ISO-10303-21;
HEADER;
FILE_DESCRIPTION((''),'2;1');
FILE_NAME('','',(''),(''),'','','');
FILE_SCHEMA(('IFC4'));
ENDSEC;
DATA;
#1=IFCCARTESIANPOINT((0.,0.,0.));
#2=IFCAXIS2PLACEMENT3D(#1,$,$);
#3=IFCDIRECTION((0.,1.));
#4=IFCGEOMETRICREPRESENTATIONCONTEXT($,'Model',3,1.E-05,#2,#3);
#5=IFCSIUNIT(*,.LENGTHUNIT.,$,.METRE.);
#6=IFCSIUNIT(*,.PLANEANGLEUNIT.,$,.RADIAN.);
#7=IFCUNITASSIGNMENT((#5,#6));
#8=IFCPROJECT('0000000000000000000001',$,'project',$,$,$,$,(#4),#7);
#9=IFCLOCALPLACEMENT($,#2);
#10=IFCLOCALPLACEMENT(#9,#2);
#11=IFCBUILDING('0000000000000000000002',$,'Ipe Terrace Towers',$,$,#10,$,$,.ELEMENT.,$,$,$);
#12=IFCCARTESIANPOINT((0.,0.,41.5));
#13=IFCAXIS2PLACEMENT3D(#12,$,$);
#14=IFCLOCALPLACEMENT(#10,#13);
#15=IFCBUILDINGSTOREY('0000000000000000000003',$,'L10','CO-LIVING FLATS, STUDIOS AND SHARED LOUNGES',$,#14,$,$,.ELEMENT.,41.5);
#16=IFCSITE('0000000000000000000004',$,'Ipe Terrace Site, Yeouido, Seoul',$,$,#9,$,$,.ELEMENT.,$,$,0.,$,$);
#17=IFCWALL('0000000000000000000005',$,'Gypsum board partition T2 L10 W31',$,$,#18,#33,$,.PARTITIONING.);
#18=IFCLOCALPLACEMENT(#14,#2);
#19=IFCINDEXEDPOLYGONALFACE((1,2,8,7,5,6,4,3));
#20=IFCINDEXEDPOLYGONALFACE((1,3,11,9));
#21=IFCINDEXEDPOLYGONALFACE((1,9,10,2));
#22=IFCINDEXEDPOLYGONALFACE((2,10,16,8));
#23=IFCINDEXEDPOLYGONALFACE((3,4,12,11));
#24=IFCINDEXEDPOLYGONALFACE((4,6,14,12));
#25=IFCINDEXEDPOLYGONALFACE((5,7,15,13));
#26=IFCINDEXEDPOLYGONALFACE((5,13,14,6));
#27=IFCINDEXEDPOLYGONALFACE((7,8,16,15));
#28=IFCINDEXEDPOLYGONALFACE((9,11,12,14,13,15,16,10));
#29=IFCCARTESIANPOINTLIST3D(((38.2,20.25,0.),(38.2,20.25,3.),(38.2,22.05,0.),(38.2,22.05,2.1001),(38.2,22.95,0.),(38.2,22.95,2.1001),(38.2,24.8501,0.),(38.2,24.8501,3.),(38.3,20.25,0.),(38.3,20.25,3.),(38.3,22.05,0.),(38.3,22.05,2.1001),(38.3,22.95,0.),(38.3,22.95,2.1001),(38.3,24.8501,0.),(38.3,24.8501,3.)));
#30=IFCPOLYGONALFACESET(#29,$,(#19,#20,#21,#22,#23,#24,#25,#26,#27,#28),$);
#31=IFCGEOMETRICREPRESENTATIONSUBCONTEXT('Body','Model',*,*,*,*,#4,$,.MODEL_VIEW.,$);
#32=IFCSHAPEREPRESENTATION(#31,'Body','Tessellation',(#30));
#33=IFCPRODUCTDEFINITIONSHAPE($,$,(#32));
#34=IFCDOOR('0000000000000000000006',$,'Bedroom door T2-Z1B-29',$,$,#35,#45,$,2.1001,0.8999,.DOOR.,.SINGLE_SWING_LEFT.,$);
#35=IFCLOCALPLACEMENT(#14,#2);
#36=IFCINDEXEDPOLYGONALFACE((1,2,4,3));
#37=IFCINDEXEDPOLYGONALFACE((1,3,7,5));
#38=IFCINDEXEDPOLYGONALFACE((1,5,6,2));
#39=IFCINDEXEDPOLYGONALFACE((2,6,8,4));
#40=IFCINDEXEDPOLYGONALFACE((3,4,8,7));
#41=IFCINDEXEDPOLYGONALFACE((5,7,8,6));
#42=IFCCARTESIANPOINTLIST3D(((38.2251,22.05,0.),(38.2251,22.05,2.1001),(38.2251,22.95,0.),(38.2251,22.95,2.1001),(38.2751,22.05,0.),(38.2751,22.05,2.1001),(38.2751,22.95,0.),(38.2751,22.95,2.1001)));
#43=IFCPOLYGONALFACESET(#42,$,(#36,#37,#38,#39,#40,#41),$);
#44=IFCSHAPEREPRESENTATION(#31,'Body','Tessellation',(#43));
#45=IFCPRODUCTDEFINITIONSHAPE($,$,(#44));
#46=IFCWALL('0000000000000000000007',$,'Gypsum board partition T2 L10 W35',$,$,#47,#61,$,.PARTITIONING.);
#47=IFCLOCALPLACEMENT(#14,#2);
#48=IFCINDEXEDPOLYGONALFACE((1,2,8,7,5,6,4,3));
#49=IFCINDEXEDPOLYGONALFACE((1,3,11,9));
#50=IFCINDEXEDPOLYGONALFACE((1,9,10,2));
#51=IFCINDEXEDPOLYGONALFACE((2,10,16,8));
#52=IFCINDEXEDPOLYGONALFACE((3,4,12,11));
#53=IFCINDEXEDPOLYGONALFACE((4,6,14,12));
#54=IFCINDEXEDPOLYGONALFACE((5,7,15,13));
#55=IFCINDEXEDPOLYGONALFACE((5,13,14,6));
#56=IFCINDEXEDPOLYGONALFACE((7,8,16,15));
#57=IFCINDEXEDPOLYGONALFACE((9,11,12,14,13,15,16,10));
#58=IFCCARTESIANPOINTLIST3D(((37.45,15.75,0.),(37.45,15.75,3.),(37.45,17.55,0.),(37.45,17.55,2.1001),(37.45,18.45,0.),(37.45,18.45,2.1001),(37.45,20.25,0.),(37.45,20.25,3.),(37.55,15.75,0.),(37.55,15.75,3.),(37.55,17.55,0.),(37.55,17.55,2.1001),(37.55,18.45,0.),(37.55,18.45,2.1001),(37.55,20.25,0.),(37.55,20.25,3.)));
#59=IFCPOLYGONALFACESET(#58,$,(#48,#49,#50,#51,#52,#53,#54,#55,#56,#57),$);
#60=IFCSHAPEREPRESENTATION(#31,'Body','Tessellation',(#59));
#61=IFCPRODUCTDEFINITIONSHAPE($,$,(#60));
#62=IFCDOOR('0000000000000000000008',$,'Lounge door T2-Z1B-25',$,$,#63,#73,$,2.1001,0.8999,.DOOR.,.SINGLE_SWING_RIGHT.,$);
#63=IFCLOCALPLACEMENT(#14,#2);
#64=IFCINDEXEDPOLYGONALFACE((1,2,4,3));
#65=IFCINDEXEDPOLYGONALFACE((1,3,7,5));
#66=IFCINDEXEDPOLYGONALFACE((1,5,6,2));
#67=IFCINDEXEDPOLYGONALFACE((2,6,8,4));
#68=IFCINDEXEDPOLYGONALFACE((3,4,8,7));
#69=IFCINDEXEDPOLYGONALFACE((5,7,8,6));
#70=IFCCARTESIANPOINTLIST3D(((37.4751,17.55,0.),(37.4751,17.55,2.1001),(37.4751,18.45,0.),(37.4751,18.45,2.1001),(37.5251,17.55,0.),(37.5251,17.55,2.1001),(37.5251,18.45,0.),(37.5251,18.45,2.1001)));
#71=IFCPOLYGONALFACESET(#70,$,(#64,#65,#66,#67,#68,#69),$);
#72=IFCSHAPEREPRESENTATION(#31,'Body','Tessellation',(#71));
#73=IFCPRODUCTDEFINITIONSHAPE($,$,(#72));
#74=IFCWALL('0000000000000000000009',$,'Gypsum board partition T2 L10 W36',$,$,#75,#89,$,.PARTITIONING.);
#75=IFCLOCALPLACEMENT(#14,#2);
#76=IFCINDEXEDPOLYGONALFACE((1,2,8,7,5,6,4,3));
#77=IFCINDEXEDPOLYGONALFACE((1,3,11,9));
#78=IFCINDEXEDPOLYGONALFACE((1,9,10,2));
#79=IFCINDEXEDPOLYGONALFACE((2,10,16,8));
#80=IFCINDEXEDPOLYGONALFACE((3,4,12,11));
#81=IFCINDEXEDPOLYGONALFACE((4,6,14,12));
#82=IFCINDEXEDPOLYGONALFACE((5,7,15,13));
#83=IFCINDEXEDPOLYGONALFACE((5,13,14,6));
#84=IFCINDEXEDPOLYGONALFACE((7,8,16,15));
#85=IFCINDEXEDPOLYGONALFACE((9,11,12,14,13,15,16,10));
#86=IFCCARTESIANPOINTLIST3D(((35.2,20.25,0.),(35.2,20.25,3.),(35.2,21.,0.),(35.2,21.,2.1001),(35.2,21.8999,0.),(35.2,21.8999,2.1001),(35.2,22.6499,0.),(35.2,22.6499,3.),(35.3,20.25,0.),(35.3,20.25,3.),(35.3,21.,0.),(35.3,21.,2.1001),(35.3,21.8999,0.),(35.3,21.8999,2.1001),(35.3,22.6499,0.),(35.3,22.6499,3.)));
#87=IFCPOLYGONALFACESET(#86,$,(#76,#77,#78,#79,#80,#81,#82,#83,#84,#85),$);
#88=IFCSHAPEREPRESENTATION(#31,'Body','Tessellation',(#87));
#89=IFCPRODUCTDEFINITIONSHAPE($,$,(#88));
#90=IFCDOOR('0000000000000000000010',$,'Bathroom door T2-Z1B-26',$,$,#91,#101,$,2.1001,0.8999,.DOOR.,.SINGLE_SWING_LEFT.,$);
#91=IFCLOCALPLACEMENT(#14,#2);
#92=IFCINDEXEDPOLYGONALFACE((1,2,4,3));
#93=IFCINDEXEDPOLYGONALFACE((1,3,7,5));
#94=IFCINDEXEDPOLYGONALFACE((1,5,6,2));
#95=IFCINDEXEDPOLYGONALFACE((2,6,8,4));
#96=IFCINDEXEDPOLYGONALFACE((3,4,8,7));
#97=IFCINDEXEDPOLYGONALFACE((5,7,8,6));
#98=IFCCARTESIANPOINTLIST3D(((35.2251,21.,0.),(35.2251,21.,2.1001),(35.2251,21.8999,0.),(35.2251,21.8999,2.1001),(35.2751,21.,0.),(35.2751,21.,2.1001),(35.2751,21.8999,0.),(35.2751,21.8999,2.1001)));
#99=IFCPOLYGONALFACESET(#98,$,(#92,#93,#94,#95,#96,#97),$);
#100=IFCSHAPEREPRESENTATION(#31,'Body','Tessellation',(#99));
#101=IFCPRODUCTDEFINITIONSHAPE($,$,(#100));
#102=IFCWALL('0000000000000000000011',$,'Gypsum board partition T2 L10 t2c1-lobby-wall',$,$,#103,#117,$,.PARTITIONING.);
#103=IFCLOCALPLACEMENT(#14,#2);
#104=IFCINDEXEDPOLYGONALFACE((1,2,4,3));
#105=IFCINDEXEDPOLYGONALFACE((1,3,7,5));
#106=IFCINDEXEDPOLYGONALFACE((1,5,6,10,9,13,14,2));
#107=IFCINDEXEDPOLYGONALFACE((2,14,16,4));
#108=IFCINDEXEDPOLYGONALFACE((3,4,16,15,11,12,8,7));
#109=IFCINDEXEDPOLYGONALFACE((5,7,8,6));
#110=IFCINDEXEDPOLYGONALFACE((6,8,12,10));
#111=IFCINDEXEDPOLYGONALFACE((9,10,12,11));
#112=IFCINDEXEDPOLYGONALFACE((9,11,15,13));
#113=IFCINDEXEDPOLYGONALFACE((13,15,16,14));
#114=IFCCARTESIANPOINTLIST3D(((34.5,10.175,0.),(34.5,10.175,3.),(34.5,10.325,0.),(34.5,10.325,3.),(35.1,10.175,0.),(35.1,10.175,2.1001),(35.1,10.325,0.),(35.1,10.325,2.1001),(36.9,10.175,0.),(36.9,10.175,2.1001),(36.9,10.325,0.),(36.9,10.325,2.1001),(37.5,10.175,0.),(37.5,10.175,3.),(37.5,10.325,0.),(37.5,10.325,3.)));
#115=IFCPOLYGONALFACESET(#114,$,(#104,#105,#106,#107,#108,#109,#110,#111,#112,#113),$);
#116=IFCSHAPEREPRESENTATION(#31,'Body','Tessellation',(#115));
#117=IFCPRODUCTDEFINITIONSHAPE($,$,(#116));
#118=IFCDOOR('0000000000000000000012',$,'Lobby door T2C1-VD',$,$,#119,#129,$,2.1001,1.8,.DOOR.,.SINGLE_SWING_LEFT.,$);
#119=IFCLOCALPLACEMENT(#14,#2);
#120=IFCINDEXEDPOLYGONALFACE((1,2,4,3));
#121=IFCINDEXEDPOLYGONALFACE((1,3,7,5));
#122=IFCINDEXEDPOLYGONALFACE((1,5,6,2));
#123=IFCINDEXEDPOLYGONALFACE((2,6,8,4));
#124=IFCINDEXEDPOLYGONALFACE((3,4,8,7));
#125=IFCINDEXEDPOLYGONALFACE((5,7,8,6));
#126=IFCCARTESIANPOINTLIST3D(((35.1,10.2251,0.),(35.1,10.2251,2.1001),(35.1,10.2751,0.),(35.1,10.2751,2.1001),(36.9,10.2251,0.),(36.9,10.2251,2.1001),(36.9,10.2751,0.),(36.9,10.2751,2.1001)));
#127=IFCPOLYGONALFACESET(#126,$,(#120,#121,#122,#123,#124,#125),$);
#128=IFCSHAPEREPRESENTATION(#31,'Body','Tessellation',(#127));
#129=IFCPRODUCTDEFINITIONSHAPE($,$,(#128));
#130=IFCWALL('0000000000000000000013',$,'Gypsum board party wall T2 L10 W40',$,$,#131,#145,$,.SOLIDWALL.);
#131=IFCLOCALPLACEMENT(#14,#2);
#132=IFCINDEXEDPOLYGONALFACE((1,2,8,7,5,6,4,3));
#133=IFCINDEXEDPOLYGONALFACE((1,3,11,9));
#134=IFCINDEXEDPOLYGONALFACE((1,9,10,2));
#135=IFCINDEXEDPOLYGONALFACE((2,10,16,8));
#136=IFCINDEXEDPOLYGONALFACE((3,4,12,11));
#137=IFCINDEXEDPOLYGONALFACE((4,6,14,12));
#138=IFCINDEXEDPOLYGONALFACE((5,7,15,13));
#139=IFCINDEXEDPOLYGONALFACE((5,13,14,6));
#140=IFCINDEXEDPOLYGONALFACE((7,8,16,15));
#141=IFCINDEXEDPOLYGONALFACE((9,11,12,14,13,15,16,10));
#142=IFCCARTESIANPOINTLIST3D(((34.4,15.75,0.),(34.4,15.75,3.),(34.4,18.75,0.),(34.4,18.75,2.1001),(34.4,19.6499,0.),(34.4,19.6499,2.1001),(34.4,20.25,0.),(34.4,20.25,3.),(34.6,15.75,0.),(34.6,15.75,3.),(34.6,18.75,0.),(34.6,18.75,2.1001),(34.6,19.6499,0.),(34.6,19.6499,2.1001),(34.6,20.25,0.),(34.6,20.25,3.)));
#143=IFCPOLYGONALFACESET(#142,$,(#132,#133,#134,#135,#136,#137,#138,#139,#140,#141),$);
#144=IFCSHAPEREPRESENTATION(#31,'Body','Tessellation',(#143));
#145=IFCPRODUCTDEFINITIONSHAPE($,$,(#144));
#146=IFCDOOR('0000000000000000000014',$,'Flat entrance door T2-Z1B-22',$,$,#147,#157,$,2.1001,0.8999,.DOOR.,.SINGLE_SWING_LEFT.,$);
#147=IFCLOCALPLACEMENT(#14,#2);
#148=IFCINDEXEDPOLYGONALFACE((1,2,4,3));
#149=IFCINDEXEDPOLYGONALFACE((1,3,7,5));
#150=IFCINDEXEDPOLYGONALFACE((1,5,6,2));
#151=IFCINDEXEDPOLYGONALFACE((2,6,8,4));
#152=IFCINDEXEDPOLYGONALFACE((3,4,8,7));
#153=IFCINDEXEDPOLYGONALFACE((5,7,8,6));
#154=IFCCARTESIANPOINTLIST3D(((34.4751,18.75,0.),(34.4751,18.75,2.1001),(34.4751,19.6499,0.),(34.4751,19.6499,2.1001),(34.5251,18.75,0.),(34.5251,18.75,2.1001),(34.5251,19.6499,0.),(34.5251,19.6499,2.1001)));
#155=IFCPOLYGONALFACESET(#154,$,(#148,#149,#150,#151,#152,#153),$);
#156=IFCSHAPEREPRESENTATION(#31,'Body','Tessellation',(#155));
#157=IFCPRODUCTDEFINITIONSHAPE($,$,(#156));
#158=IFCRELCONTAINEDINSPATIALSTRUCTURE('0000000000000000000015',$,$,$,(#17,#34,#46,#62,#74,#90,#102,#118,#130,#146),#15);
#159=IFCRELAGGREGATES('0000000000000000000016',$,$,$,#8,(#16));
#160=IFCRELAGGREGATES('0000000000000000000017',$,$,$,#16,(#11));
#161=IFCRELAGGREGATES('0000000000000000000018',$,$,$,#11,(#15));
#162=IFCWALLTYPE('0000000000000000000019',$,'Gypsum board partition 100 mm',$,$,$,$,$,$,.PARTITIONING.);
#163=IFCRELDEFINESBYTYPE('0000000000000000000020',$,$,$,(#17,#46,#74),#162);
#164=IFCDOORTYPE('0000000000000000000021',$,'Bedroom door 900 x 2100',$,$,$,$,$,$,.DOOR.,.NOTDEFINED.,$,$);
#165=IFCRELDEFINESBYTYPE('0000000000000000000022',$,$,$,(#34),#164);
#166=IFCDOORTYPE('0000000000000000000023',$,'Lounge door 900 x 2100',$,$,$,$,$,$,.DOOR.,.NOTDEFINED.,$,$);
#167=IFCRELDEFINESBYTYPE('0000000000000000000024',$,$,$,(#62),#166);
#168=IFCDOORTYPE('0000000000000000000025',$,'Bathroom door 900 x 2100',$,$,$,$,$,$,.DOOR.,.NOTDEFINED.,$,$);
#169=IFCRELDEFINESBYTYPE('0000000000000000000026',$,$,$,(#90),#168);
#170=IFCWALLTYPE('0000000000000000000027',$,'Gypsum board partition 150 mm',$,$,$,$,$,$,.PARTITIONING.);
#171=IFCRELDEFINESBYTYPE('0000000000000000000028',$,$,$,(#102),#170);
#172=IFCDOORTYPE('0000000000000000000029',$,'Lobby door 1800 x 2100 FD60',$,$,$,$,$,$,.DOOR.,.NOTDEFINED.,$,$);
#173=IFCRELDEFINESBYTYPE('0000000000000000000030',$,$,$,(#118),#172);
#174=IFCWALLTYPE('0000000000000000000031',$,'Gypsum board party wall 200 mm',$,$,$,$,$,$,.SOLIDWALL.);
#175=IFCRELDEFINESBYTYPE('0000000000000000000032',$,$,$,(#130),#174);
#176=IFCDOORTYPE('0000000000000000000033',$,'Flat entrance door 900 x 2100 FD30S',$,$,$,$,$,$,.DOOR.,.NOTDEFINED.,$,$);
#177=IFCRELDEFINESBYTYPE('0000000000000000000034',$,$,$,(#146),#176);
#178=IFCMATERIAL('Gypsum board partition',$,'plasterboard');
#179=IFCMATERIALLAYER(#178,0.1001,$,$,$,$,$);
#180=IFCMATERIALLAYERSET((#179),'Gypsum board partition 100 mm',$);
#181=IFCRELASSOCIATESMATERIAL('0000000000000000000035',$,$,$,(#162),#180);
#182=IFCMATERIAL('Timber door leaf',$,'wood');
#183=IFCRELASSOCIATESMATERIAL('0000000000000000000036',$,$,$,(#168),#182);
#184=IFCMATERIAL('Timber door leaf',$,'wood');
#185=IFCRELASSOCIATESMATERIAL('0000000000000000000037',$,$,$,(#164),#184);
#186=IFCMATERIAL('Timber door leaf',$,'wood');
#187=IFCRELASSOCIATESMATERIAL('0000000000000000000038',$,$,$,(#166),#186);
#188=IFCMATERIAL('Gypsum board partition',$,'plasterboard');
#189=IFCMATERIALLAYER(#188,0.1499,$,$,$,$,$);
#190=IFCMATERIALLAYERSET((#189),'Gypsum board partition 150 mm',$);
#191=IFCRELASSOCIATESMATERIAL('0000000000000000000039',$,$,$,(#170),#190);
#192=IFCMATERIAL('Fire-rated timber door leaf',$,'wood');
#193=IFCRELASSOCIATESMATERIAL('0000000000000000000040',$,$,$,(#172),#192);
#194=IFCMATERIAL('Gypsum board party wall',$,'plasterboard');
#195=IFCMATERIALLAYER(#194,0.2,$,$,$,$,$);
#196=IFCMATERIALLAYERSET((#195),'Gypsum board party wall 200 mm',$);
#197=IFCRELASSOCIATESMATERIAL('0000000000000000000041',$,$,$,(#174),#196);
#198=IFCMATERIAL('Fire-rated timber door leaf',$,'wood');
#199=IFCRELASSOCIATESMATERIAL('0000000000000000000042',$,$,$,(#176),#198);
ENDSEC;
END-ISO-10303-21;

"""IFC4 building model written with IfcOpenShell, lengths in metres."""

from ifc_helpers import new_model, si_unit, direction, frame, frame_2d, origin, place, context, subcontext, project, spatial, rectangle, extrude, material, layer, layer_set, type_object, element, fill, save


model = new_model("IFC4")

# Units and contexts
model_context = context("Model", 3, precision=1e-05, world=origin(), true_north=direction((0.0, 1.0)))
body_context = subcontext(model_context, "Body", "Model", "MODEL_VIEW")
ifc_project = project(units=[si_unit("LENGTHUNIT", "METRE"), si_unit("PLANEANGLEUNIT", "RADIAN")], contexts=[model_context])

# Site, building, storey
site_placement = place(None, origin())
site = spatial("IfcSite", under=ifc_project, at=site_placement, Name="Ipe Terrace Site, Yeouido, Seoul", CompositionType="ELEMENT", RefElevation=0.0)
building_placement = place(site_placement, origin())
building = spatial("IfcBuilding", under=site, at=building_placement, Name="Ipe Terrace Towers", CompositionType="ELEMENT")
storey_placement = place(building_placement, frame((0.0, 0.0, 41.5)))
storey = spatial("IfcBuildingStorey", under=building, at=storey_placement, Name="L10", Description="CO-LIVING FLATS, STUDIOS AND SHARED LOUNGES", CompositionType="ELEMENT", Elevation=41.5)

# Shared definitions
ifc_material_1 = material(Name="Gypsum board partition", Category="plasterboard")
ifc_layer_1 = layer(ifc_material_1, 0.1001)
ifc_layer_set_1 = layer_set([ifc_layer_1], Name="Gypsum board partition 100 mm")
wall_type_1 = type_object("IfcWallType", Name="Gypsum board partition 100 mm", PredefinedType="PARTITIONING", material=ifc_layer_set_1)
ifc_material_2 = material(Name="Timber door leaf", Category="wood")
door_type_1 = type_object("IfcDoorType", Name="Bathroom door 900 x 2100", OperationType="NOTDEFINED", PredefinedType="DOOR", material=ifc_material_2)

# Walls, openings, doors
wall_1_placement = place(storey_placement, frame((38.25, 20.25, 0.0), z_axis=(0.0, 0.0, 1.0), x_axis=(0.0, 1.0, 0.0)))
wall_1 = element("IfcWall", 1, at=wall_1_placement, inside=storey, type_object=wall_type_1, Name="Gypsum board partition T2 L10 W31", PredefinedType="PARTITIONING", context=body_context, shape_type="SweptSolid", body=[
    extrude(rectangle(XDim=4.6001, YDim=0.1001, at=frame_2d((2.3, 0.0))), origin(), (0.0, 0.0, 1.0), 3.0),
])
opening_1_placement = place(wall_1_placement, frame((1.8, 0.0, 0.0)))
opening_1 = element("IfcOpeningElement", 2, at=opening_1_placement, cuts=wall_1, PredefinedType="OPENING", context=body_context, shape_type="SweptSolid", body=[
    extrude(rectangle(XDim=0.8999, YDim=2.1001, at=frame_2d((0.45, 1.05))), frame((0.0, 0.0601, 0.0), z_axis=(0.0, -1.0, 0.0), x_axis=(1.0, 0.0, 0.0)), (0.0, 0.0, 1.0), 0.1201),
])
ifc_material_3 = material(Name="Timber door leaf", Category="wood")
door_type_2 = type_object("IfcDoorType", Name="Bedroom door 900 x 2100", OperationType="NOTDEFINED", PredefinedType="DOOR", material=ifc_material_3)
door_1_placement = place(opening_1_placement, origin())
door_1 = element("IfcDoor", 3, at=door_1_placement, inside=storey, type_object=door_type_2, Name="Bedroom door T2-Z1B-29", OperationType="SINGLE_SWING_LEFT", OverallHeight=2.1001, OverallWidth=0.8999, PredefinedType="DOOR", context=body_context, shape_type="SweptSolid", body=[
    extrude(rectangle(XDim=0.8999, YDim=2.1001, at=frame_2d((0.45, 1.05))), frame((0.0, 0.0249, 0.0), z_axis=(0.0, -1.0, 0.0), x_axis=(1.0, 0.0, 0.0)), (0.0, 0.0, 1.0), 0.05),
])
fill(opening_1, door_1)
wall_2_placement = place(storey_placement, frame((37.5, 15.75, 0.0), z_axis=(0.0, 0.0, 1.0), x_axis=(0.0, 1.0, 0.0)))
wall_2 = element("IfcWall", 4, at=wall_2_placement, inside=storey, type_object=wall_type_1, Name="Gypsum board partition T2 L10 W35", PredefinedType="PARTITIONING", context=body_context, shape_type="SweptSolid", body=[
    extrude(rectangle(XDim=4.5, YDim=0.1001, at=frame_2d((2.25, 0.0))), origin(), (0.0, 0.0, 1.0), 3.0),
])
opening_2_placement = place(wall_2_placement, frame((1.8, 0.0, 0.0)))
opening_2 = element("IfcOpeningElement", 5, at=opening_2_placement, cuts=wall_2, PredefinedType="OPENING", context=body_context, shape_type="SweptSolid", body=[
    extrude(rectangle(XDim=0.8999, YDim=2.1001, at=frame_2d((0.45, 1.05))), frame((0.0, 0.0601, 0.0), z_axis=(0.0, -1.0, 0.0), x_axis=(1.0, 0.0, 0.0)), (0.0, 0.0, 1.0), 0.1201),
])
ifc_material_4 = material(Name="Timber door leaf", Category="wood")
door_type_3 = type_object("IfcDoorType", Name="Lounge door 900 x 2100", OperationType="NOTDEFINED", PredefinedType="DOOR", material=ifc_material_4)
door_2_placement = place(opening_2_placement, origin())
door_2 = element("IfcDoor", 6, at=door_2_placement, inside=storey, type_object=door_type_3, Name="Lounge door T2-Z1B-25", OperationType="SINGLE_SWING_RIGHT", OverallHeight=2.1001, OverallWidth=0.8999, PredefinedType="DOOR", context=body_context, shape_type="SweptSolid", body=[
    extrude(rectangle(XDim=0.8999, YDim=2.1001, at=frame_2d((0.45, 1.05))), frame((0.0, 0.0249, 0.0), z_axis=(0.0, -1.0, 0.0), x_axis=(1.0, 0.0, 0.0)), (0.0, 0.0, 1.0), 0.05),
])
fill(opening_2, door_2)
wall_3_placement = place(storey_placement, frame((35.25, 20.25, 0.0), z_axis=(0.0, 0.0, 1.0), x_axis=(0.0, 1.0, 0.0)))
wall_3 = element("IfcWall", 7, at=wall_3_placement, inside=storey, type_object=wall_type_1, Name="Gypsum board partition T2 L10 W36", PredefinedType="PARTITIONING", context=body_context, shape_type="SweptSolid", body=[
    extrude(rectangle(XDim=2.3999, YDim=0.1001, at=frame_2d((1.2, 0.0))), origin(), (0.0, 0.0, 1.0), 3.0),
])
opening_3_placement = place(wall_3_placement, frame((0.75, 0.0, 0.0)))
opening_3 = element("IfcOpeningElement", 8, at=opening_3_placement, cuts=wall_3, PredefinedType="OPENING", context=body_context, shape_type="SweptSolid", body=[
    extrude(rectangle(XDim=0.8999, YDim=2.1001, at=frame_2d((0.45, 1.05))), frame((0.0, 0.0601, 0.0), z_axis=(0.0, -1.0, 0.0), x_axis=(1.0, 0.0, 0.0)), (0.0, 0.0, 1.0), 0.1201),
])
door_3_placement = place(opening_3_placement, origin())
door_3 = element("IfcDoor", 9, at=door_3_placement, inside=storey, type_object=door_type_1, Name="Bathroom door T2-Z1B-26", OperationType="SINGLE_SWING_LEFT", OverallHeight=2.1001, OverallWidth=0.8999, PredefinedType="DOOR", context=body_context, shape_type="SweptSolid", body=[
    extrude(rectangle(XDim=0.8999, YDim=2.1001, at=frame_2d((0.45, 1.05))), frame((0.0, 0.0249, 0.0), z_axis=(0.0, -1.0, 0.0), x_axis=(1.0, 0.0, 0.0)), (0.0, 0.0, 1.0), 0.05),
])
fill(opening_3, door_3)
ifc_material_5 = material(Name="Gypsum board partition", Category="plasterboard")
ifc_layer_2 = layer(ifc_material_5, 0.1499)
ifc_layer_set_2 = layer_set([ifc_layer_2], Name="Gypsum board partition 150 mm")
wall_type_2 = type_object("IfcWallType", Name="Gypsum board partition 150 mm", PredefinedType="PARTITIONING", material=ifc_layer_set_2)
wall_4_placement = place(storey_placement, frame((37.5, 10.25, 0.0), z_axis=(0.0, 0.0, 1.0), x_axis=(-1.0, 0.0, 0.0)))
wall_4 = element("IfcWall", 10, at=wall_4_placement, inside=storey, type_object=wall_type_2, Name="Gypsum board partition T2 L10 t2c1-lobby-wall", PredefinedType="PARTITIONING", context=body_context, shape_type="SweptSolid", body=[
    extrude(rectangle(XDim=3.0, YDim=0.1499, at=frame_2d((1.5, 0.0))), origin(), (0.0, 0.0, 1.0), 3.0),
])
opening_4_placement = place(wall_4_placement, frame((0.6001, 0.0, 0.0)))
opening_4 = element("IfcOpeningElement", 11, at=opening_4_placement, cuts=wall_4, PredefinedType="OPENING", context=body_context, shape_type="SweptSolid", body=[
    extrude(rectangle(XDim=1.8, YDim=2.1001, at=frame_2d((0.8999, 1.05))), frame((0.0, 0.085, 0.0), z_axis=(0.0, -1.0, 0.0), x_axis=(1.0, 0.0, 0.0)), (0.0, 0.0, 1.0), 0.1699),
])
ifc_material_6 = material(Name="Fire-rated timber door leaf", Category="wood")
door_type_4 = type_object("IfcDoorType", Name="Lobby door 1800 x 2100 FD60", OperationType="NOTDEFINED", PredefinedType="DOOR", material=ifc_material_6)
door_4_placement = place(opening_4_placement, origin())
door_4 = element("IfcDoor", 12, at=door_4_placement, inside=storey, type_object=door_type_4, Name="Lobby door T2C1-VD", OperationType="SINGLE_SWING_LEFT", OverallHeight=2.1001, OverallWidth=1.8, PredefinedType="DOOR", context=body_context, shape_type="SweptSolid", body=[
    extrude(rectangle(XDim=1.8, YDim=2.1001, at=frame_2d((0.8999, 1.05))), frame((0.0, 0.0249, 0.0), z_axis=(0.0, -1.0, 0.0), x_axis=(1.0, 0.0, 0.0)), (0.0, 0.0, 1.0), 0.05),
])
fill(opening_4, door_4)
ifc_material_7 = material(Name="Gypsum board party wall", Category="plasterboard")
ifc_layer_3 = layer(ifc_material_7, 0.2)
ifc_layer_set_3 = layer_set([ifc_layer_3], Name="Gypsum board party wall 200 mm")
wall_type_3 = type_object("IfcWallType", Name="Gypsum board party wall 200 mm", PredefinedType="SOLIDWALL", material=ifc_layer_set_3)
wall_5_placement = place(storey_placement, frame((34.5, 15.75, 0.0), z_axis=(0.0, 0.0, 1.0), x_axis=(0.0, 1.0, 0.0)))
wall_5 = element("IfcWall", 13, at=wall_5_placement, inside=storey, type_object=wall_type_3, Name="Gypsum board party wall T2 L10 W40", PredefinedType="SOLIDWALL", context=body_context, shape_type="SweptSolid", body=[
    extrude(rectangle(XDim=4.5, YDim=0.2, at=frame_2d((2.25, 0.0))), origin(), (0.0, 0.0, 1.0), 3.0),
])
opening_5_placement = place(wall_5_placement, frame((3.0, 0.0, 0.0)))
opening_5 = element("IfcOpeningElement", 14, at=opening_5_placement, cuts=wall_5, PredefinedType="OPENING", context=body_context, shape_type="SweptSolid", body=[
    extrude(rectangle(XDim=0.8999, YDim=2.1001, at=frame_2d((0.45, 1.05))), frame((0.0, 0.1099, 0.0), z_axis=(0.0, -1.0, 0.0), x_axis=(1.0, 0.0, 0.0)), (0.0, 0.0, 1.0), 0.22),
])
ifc_material_8 = material(Name="Fire-rated timber door leaf", Category="wood")
door_type_5 = type_object("IfcDoorType", Name="Flat entrance door 900 x 2100 FD30S", OperationType="NOTDEFINED", PredefinedType="DOOR", material=ifc_material_8)
door_5_placement = place(opening_5_placement, origin())
door_5 = element("IfcDoor", 15, at=door_5_placement, inside=storey, type_object=door_type_5, Name="Flat entrance door T2-Z1B-22", OperationType="SINGLE_SWING_LEFT", OverallHeight=2.1001, OverallWidth=0.8999, PredefinedType="DOOR", context=body_context, shape_type="SweptSolid", body=[
    extrude(rectangle(XDim=0.8999, YDim=2.1001, at=frame_2d((0.45, 1.05))), frame((0.0, 0.0249, 0.0), z_axis=(0.0, -1.0, 0.0), x_axis=(1.0, 0.0, 0.0)), (0.0, 0.0, 1.0), 0.05),
])
fill(opening_5, door_5)

save(model, "model.ifc")
